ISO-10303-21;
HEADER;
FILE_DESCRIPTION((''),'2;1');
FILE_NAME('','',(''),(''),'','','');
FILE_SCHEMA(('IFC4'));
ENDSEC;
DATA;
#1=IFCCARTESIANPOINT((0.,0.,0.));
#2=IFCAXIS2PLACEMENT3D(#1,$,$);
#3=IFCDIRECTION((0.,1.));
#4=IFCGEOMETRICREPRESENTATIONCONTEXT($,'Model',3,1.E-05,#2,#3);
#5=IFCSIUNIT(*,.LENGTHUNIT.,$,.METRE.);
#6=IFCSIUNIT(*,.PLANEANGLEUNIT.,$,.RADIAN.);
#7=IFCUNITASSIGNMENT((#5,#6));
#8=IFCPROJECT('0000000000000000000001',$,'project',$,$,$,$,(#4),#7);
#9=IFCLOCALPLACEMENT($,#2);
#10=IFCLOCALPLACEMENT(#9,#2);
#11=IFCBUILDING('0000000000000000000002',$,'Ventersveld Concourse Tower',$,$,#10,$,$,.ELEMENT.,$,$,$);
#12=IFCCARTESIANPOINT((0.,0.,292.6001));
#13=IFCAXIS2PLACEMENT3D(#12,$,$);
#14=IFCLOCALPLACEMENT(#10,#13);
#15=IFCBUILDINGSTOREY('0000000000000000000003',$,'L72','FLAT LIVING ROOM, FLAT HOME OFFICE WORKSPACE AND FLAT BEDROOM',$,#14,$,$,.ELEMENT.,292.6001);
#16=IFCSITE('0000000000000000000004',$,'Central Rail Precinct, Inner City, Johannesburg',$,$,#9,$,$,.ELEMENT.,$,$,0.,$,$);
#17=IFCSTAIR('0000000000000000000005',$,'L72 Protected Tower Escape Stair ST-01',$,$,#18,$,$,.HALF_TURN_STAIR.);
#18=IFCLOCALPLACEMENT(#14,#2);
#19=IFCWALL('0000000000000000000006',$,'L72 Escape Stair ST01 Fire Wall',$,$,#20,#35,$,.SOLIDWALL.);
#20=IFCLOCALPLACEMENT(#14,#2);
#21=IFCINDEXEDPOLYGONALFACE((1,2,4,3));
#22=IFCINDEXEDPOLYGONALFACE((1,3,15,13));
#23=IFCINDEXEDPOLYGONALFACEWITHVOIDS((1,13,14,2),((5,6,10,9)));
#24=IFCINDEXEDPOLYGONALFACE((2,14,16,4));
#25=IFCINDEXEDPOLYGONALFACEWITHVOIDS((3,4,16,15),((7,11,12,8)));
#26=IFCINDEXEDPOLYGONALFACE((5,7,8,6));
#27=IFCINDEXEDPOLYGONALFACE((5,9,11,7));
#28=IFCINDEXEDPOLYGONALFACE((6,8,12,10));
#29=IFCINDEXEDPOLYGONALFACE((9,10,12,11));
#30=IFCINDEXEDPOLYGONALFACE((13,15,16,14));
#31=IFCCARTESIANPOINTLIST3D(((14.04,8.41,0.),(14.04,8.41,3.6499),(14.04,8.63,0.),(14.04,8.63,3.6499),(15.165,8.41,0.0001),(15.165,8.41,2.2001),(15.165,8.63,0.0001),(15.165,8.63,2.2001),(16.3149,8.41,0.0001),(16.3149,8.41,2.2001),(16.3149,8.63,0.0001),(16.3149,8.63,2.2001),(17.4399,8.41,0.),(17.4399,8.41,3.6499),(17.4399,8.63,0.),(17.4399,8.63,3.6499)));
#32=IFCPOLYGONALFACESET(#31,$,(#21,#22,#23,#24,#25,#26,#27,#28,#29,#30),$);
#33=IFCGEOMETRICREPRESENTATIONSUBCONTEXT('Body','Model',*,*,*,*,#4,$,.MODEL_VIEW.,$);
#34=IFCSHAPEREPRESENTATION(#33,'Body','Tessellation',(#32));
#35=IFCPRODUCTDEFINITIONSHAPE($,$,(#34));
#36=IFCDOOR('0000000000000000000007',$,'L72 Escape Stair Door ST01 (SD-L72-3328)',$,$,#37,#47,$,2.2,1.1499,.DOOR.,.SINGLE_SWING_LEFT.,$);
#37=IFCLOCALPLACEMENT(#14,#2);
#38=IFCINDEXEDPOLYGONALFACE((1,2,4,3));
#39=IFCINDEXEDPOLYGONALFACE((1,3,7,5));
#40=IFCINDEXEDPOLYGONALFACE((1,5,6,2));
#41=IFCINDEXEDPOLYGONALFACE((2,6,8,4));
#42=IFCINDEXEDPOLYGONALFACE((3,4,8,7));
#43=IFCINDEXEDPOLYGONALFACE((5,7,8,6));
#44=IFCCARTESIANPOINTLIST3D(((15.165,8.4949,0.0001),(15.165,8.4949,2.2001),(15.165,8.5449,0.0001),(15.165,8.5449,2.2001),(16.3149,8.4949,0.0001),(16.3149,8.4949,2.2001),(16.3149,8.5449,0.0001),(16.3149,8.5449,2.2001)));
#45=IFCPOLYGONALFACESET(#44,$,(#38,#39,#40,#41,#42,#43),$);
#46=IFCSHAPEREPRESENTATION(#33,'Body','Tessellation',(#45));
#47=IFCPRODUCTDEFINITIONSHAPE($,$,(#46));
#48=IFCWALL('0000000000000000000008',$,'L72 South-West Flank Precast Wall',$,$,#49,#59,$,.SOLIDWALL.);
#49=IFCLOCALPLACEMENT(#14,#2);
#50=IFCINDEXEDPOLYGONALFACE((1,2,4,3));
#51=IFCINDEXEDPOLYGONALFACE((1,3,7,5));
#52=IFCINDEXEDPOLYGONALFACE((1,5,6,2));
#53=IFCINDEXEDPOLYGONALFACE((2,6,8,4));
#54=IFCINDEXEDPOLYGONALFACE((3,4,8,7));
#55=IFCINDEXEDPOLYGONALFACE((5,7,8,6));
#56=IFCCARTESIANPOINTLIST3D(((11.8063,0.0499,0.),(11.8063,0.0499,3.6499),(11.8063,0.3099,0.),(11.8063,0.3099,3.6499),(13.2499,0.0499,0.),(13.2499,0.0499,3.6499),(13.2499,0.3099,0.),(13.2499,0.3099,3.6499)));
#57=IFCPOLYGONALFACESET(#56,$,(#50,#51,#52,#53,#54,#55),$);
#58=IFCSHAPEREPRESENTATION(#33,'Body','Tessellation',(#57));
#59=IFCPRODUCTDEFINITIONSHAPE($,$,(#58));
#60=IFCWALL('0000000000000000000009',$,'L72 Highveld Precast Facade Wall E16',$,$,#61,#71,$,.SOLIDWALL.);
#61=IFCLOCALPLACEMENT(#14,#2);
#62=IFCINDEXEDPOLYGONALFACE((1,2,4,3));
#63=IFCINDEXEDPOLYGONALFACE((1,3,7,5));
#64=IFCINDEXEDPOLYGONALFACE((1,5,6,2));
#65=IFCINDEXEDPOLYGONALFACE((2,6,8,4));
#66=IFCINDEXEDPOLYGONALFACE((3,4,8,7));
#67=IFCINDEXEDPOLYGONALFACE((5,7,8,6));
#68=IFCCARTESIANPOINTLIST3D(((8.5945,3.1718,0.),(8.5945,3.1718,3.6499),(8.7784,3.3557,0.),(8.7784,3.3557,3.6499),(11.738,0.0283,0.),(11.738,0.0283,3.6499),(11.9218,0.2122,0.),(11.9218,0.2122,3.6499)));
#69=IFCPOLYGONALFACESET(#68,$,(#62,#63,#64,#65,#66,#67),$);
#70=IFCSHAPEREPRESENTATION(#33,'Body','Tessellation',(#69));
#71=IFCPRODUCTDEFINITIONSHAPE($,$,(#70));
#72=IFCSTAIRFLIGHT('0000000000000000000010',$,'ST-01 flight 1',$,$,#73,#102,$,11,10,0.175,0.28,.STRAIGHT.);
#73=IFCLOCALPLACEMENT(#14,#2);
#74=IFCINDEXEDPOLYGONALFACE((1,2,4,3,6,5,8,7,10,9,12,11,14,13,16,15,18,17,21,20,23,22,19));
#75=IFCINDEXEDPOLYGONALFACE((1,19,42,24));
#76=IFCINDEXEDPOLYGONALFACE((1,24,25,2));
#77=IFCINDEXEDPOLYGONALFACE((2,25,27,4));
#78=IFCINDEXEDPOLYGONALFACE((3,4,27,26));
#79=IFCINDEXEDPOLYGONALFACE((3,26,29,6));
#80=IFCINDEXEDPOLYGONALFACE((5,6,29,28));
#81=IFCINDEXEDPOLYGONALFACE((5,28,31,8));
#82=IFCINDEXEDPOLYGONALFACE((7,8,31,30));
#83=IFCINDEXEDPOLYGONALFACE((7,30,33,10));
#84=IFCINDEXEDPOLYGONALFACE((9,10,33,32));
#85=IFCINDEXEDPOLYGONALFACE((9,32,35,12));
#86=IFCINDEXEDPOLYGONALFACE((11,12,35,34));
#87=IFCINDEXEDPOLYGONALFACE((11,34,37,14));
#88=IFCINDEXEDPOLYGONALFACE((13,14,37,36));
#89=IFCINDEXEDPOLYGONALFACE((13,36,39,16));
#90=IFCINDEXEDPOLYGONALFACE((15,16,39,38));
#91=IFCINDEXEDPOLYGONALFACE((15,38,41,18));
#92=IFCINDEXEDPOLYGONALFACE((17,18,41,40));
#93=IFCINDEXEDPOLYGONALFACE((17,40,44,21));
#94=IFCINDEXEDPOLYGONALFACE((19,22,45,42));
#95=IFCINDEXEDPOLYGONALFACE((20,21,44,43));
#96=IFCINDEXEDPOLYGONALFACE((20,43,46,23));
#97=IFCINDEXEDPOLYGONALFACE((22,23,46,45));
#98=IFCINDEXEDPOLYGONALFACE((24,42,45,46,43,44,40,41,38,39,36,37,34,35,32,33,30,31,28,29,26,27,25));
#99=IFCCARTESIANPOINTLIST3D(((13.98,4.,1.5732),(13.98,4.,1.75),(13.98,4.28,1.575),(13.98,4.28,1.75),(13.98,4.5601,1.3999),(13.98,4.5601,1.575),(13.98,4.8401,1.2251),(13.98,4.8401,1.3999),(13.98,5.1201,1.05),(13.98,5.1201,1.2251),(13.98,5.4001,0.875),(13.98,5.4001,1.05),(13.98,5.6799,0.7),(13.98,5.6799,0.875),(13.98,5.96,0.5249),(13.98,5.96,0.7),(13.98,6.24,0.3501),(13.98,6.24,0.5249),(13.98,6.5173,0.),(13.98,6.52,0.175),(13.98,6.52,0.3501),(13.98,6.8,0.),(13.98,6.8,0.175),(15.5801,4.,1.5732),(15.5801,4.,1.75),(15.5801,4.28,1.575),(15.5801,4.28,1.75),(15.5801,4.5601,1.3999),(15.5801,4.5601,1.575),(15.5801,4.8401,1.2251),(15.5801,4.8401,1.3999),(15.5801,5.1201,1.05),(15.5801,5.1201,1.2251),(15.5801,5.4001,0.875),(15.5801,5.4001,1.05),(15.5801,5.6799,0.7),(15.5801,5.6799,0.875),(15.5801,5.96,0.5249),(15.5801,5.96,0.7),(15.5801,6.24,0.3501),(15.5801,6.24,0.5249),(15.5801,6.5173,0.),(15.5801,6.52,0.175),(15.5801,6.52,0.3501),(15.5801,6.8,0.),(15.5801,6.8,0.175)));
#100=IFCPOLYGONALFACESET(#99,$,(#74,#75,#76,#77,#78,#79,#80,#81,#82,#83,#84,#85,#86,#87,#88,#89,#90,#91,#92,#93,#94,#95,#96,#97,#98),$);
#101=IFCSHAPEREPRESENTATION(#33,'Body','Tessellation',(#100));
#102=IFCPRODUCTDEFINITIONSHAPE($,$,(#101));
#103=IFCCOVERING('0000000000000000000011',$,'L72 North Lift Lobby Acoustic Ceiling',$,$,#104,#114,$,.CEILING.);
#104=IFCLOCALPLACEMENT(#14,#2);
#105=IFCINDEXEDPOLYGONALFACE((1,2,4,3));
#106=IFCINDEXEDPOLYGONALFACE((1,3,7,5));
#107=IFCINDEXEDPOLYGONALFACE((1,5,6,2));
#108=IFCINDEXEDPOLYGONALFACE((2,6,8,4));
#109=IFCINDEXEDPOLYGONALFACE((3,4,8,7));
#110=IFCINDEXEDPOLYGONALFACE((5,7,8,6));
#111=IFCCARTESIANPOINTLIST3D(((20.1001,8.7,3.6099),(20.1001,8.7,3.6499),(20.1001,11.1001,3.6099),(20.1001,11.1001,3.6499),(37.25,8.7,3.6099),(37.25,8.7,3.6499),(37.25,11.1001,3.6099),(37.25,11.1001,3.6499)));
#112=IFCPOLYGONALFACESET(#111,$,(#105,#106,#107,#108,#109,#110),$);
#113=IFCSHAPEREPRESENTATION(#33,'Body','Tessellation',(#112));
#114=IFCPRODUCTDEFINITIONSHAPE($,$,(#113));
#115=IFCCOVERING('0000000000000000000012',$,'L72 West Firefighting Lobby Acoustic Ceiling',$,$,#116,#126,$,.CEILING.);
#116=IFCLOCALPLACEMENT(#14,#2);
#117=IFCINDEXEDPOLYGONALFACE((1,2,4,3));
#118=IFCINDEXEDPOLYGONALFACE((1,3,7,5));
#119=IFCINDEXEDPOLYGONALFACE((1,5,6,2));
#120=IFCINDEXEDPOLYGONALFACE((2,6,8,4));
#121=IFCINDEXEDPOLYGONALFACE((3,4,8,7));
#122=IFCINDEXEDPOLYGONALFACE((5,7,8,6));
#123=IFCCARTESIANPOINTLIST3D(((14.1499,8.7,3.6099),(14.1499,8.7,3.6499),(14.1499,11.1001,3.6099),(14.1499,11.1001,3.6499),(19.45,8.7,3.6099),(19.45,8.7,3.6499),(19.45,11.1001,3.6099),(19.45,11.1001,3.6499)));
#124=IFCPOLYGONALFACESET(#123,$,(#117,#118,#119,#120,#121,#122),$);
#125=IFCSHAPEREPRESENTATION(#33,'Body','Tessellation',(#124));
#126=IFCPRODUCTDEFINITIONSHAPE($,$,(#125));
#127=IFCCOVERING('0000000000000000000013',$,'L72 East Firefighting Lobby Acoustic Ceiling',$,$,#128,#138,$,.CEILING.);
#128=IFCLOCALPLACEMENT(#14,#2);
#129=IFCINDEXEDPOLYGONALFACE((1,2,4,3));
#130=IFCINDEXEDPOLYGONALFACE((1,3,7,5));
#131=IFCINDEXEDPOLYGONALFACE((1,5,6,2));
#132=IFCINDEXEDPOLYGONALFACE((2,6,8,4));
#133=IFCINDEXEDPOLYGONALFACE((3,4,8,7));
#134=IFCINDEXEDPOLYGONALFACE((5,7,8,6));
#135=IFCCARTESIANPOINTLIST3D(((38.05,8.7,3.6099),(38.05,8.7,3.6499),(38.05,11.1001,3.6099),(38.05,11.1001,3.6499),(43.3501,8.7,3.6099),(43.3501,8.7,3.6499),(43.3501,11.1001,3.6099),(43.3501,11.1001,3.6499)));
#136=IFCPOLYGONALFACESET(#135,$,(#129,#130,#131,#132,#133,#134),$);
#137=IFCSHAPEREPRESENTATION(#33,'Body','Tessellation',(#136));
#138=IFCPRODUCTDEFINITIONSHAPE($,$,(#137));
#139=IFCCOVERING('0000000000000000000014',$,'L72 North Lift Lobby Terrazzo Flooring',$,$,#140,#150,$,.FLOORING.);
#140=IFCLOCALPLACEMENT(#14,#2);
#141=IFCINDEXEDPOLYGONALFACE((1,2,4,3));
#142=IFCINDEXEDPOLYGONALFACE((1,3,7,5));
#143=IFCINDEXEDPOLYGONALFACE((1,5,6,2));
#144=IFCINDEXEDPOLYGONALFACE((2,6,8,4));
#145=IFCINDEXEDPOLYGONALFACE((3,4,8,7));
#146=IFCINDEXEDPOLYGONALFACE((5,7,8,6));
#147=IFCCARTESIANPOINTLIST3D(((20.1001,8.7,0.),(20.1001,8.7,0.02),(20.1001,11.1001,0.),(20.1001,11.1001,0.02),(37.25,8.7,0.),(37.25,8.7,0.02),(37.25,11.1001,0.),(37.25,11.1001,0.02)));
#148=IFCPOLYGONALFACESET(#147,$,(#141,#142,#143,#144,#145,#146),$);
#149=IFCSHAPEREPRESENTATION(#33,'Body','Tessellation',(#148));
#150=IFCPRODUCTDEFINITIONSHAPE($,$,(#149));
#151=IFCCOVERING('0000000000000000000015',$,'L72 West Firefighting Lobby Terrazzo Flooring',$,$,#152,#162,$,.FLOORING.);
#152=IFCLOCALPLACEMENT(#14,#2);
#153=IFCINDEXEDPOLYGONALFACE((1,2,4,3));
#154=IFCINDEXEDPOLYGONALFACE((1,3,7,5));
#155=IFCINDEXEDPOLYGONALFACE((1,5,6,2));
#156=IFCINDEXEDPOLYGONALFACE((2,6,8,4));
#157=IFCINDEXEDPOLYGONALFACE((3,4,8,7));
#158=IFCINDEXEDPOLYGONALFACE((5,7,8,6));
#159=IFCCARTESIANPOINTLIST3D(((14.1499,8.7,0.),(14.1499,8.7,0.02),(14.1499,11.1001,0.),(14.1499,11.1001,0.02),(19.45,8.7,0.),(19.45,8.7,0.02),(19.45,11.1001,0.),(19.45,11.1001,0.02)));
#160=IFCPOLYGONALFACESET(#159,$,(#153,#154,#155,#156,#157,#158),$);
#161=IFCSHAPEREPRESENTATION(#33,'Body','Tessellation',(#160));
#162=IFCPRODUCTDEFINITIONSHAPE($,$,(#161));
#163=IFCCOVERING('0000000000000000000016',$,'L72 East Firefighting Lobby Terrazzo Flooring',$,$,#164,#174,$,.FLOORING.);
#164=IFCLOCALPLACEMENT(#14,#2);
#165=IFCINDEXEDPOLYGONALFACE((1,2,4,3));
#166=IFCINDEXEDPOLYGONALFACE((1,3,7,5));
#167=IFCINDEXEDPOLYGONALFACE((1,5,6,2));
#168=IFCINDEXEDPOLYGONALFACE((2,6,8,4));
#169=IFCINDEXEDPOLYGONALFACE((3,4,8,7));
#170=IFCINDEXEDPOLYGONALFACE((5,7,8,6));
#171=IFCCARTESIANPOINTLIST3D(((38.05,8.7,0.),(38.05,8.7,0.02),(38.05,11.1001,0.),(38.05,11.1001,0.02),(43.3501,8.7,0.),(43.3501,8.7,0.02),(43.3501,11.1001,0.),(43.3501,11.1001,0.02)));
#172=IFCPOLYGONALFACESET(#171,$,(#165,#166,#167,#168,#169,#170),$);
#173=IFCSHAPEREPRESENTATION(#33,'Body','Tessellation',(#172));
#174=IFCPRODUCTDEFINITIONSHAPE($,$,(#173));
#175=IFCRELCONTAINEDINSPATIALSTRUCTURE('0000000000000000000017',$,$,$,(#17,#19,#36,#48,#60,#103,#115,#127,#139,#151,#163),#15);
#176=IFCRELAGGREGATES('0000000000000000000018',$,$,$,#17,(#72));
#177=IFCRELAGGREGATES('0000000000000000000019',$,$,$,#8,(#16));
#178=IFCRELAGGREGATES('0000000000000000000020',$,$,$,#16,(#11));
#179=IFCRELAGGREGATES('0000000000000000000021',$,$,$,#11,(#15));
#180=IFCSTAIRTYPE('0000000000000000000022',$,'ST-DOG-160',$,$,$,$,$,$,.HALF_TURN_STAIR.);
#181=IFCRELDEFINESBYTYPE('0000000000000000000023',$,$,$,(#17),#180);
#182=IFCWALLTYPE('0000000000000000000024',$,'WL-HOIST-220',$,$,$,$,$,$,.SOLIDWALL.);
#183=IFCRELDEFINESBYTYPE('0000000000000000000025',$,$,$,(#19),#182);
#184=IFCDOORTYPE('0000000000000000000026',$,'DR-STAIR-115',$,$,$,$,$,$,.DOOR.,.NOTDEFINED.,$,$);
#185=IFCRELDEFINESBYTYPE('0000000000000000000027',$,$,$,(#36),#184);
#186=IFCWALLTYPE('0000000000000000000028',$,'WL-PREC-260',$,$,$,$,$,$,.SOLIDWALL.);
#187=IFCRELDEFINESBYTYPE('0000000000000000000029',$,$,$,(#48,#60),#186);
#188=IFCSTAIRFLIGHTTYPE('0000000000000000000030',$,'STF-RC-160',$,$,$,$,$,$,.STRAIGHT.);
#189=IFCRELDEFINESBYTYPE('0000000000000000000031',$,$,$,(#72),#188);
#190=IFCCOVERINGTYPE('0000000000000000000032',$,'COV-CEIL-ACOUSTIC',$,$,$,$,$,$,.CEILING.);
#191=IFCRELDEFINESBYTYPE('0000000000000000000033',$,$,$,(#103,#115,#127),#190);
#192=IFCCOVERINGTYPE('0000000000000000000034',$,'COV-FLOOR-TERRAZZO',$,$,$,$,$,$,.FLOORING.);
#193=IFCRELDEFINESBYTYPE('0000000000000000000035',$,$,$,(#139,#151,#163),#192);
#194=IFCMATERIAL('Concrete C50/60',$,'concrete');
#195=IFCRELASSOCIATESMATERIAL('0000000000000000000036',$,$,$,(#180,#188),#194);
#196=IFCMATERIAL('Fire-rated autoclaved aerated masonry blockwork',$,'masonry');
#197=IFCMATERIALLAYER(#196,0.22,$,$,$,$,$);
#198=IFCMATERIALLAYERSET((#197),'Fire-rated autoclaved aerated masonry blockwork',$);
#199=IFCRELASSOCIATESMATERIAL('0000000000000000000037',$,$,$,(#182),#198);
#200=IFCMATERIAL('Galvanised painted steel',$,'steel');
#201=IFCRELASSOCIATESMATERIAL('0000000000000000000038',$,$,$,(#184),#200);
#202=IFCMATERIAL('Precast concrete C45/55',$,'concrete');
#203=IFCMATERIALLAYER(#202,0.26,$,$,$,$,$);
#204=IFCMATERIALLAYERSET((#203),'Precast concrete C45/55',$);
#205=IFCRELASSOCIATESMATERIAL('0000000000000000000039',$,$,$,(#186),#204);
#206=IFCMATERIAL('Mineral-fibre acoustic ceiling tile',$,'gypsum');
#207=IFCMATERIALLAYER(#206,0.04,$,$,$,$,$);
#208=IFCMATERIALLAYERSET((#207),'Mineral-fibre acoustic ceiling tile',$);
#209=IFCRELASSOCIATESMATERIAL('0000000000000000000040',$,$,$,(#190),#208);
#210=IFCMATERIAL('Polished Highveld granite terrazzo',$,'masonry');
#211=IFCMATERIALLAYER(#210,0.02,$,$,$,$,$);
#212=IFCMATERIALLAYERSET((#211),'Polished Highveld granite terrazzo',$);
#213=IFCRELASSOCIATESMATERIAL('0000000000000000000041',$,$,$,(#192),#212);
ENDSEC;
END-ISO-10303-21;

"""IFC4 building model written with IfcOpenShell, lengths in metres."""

from ifc_helpers import new_model, si_unit, direction, frame, frame_2d, origin, place, context, subcontext, project, spatial, polyline, rectangle, outline, extrude, material, layer, layer_set, type_object, element, fill, aggregate, save


model = new_model("IFC4")

# Units and contexts
model_context = context("Model", 3, precision=1e-05, world=origin(), true_north=direction((0.0, 1.0)))
body_context = subcontext(model_context, "Body", "Model", "MODEL_VIEW")
ifc_project = project(units=[si_unit("LENGTHUNIT", "METRE"), si_unit("PLANEANGLEUNIT", "RADIAN")], contexts=[model_context])

# Site, building, storey
site_placement = place(None, origin())
site = spatial("IfcSite", under=ifc_project, at=site_placement, Name="Central Rail Precinct, Inner City, Johannesburg", CompositionType="ELEMENT", RefElevation=0.0)
building_placement = place(site_placement, origin())
building = spatial("IfcBuilding", under=site, at=building_placement, Name="Ventersveld Concourse Tower", CompositionType="ELEMENT")
storey_placement = place(building_placement, frame((0.0, 0.0, 292.6001)))
storey = spatial("IfcBuildingStorey", under=building, at=storey_placement, Name="L72", Description="FLAT LIVING ROOM, FLAT HOME OFFICE WORKSPACE AND FLAT BEDROOM", CompositionType="ELEMENT", Elevation=292.6001)

# Shared definitions
ifc_material_1 = material(Name="Concrete C50/60", Category="concrete")

# Stair
stair_type_1 = type_object("IfcStairType", Name="ST-DOG-160", PredefinedType="HALF_TURN_STAIR", material=ifc_material_1)
stair_1_placement = place(storey_placement, origin())
stair_1 = element("IfcStair", 1, at=stair_1_placement, inside=storey, type_object=stair_type_1, Name="L72 Protected Tower Escape Stair ST-01", PredefinedType="HALF_TURN_STAIR")

# Wall, opening, door
ifc_material_2 = material(Name="Fire-rated autoclaved aerated masonry blockwork", Category="masonry")
ifc_layer_1 = layer(ifc_material_2, 0.22)
ifc_layer_set_1 = layer_set([ifc_layer_1], Name="Fire-rated autoclaved aerated masonry blockwork")
wall_type_1 = type_object("IfcWallType", Name="WL-HOIST-220", PredefinedType="SOLIDWALL", material=ifc_layer_set_1)
wall_1_placement = place(storey_placement, frame((14.04, 8.52, 0.0), z_axis=(0.0, 0.0, 1.0), x_axis=(1.0, 0.0, 0.0)))
wall_1 = element("IfcWall", 2, at=wall_1_placement, inside=storey, type_object=wall_type_1, Name="L72 Escape Stair ST01 Fire Wall", PredefinedType="SOLIDWALL", context=body_context, shape_type="SweptSolid", body=[
    extrude(rectangle(XDim=3.3999, YDim=0.22, at=frame_2d((1.7, 0.0))), origin(), (0.0, 0.0, 1.0), 3.6499),
])
opening_placement = place(wall_1_placement, frame((1.125, 0.0, 0.0)))
opening = element("IfcOpeningElement", 3, at=opening_placement, cuts=wall_1, PredefinedType="OPENING", context=body_context, shape_type="SweptSolid", body=[
    extrude(rectangle(XDim=1.1499, YDim=2.2, at=frame_2d((0.575, 1.1001))), frame((0.0, 0.1201, 0.0), z_axis=(0.0, -1.0, 0.0), x_axis=(1.0, 0.0, 0.0)), (0.0, 0.0, 1.0), 0.24),
])
ifc_material_3 = material(Name="Galvanised painted steel", Category="steel")
door_type = type_object("IfcDoorType", Name="DR-STAIR-115", OperationType="NOTDEFINED", PredefinedType="DOOR", material=ifc_material_3)
door_placement = place(opening_placement, origin())
door = element("IfcDoor", 4, at=door_placement, inside=storey, type_object=door_type, Name="L72 Escape Stair Door ST01 (SD-L72-3328)", OperationType="SINGLE_SWING_LEFT", OverallHeight=2.2, OverallWidth=1.1499, PredefinedType="DOOR", context=body_context, shape_type="SweptSolid", body=[
    extrude(rectangle(XDim=1.1499, YDim=2.2, at=frame_2d((0.575, 1.1001))), frame((0.0, 0.0249, 0.0), z_axis=(0.0, -1.0, 0.0), x_axis=(1.0, 0.0, 0.0)), (0.0, 0.0, 1.0), 0.05),
])
fill(opening, door)

# Walls
ifc_material_4 = material(Name="Precast concrete C45/55", Category="concrete")
ifc_layer_2 = layer(ifc_material_4, 0.26)
ifc_layer_set_2 = layer_set([ifc_layer_2], Name="Precast concrete C45/55")
wall_type_2 = type_object("IfcWallType", Name="WL-PREC-260", PredefinedType="SOLIDWALL", material=ifc_layer_set_2)
wall_2_placement = place(storey_placement, frame((11.8064, 0.1799, 0.0), z_axis=(0.0, 0.0, 1.0), x_axis=(1.0, 0.0, 0.0)))
element("IfcWall", 5, at=wall_2_placement, inside=storey, type_object=wall_type_2, Name="L72 South-West Flank Precast Wall", PredefinedType="SOLIDWALL", context=body_context, shape_type="SweptSolid", body=[
    extrude(rectangle(XDim=1.4436, YDim=0.26, at=frame_2d((0.7217, 0.0))), origin(), (0.0, 0.0, 1.0), 3.6499),
])
wall_3_placement = place(storey_placement, frame((8.6865, 3.2637, 0.0), z_axis=(0.0, 0.0, 1.0), x_axis=(0.707107, -0.707107, 0.0)))
element("IfcWall", 6, at=wall_3_placement, inside=storey, type_object=wall_type_2, Name="L72 Highveld Precast Facade Wall E16", PredefinedType="SOLIDWALL", context=body_context, shape_type="SweptSolid", body=[
    extrude(rectangle(XDim=4.4456, YDim=0.26, at=frame_2d((2.2227, 0.0))), origin(), (0.0, 0.0, 1.0), 3.6499),
])

# Stair flight
stair_flight_type = type_object("IfcStairFlightType", Name="STF-RC-160", PredefinedType="STRAIGHT", material=ifc_material_1)
stair_flight_placement = place(storey_placement, frame((14.78, 6.8, 0.0), z_axis=(0.0, 0.0, 1.0), x_axis=(0.0, -1.0, 0.0)))
stair_flight = element("IfcStairFlight", 7, at=stair_flight_placement, type_object=stair_flight_type, Name="ST-01 flight 1", NumberOfRisers=11, NumberOfTreads=10, PredefinedType="STRAIGHT", RiserHeight=0.175, TreadLength=0.28, context=body_context, shape_type="SweptSolid", body=[
    extrude(outline(polyline([(0.0, 0.0), (0.0, 0.175), (0.28, 0.175), (0.28, 0.3501), (0.5601, 0.3501), (0.5601, 0.5249), (0.8401, 0.5249), (0.8401, 0.7), (1.1201, 0.7), (1.1201, 0.875), (1.3999, 0.875), (1.3999, 1.05), (1.6799, 1.05), (1.6799, 1.2251), (1.96, 1.2251), (1.96, 1.3999), (2.24, 1.3999), (2.24, 1.575), (2.52, 1.575), (2.52, 1.75), (2.8, 1.75), (2.8, 1.925), (2.8, 1.5732), (0.2827, 0.0), (0.0, 0.0)])), frame((0.0, 0.8, 0.0), z_axis=(0.0, -1.0, 0.0), x_axis=(1.0, 0.0, 0.0)), (0.0, 0.0, 1.0), 1.6001),
])
aggregate(stair_1, [stair_flight])

# Coverings
ifc_material_5 = material(Name="Mineral-fibre acoustic ceiling tile", Category="gypsum")
ifc_layer_3 = layer(ifc_material_5, 0.04)
ifc_layer_set_3 = layer_set([ifc_layer_3], Name="Mineral-fibre acoustic ceiling tile")
covering_type_1 = type_object("IfcCoveringType", Name="COV-CEIL-ACOUSTIC", PredefinedType="CEILING", material=ifc_layer_set_3)
covering_1_placement = place(storey_placement, frame((0.0, 0.0, 3.6099)))
element("IfcCovering", 8, at=covering_1_placement, inside=storey, type_object=covering_type_1, Name="L72 North Lift Lobby Acoustic Ceiling", PredefinedType="CEILING", context=body_context, shape_type="SweptSolid", body=[
    extrude(outline(polyline([(20.1001, 8.7), (37.25, 8.7), (37.25, 11.1001), (20.1001, 11.1001), (20.1001, 8.7)])), origin(), (0.0, 0.0, 1.0), 0.04),
])
covering_2_placement = place(storey_placement, frame((0.0, 0.0, 3.6099)))
element("IfcCovering", 9, at=covering_2_placement, inside=storey, type_object=covering_type_1, Name="L72 West Firefighting Lobby Acoustic Ceiling", PredefinedType="CEILING", context=body_context, shape_type="SweptSolid", body=[
    extrude(outline(polyline([(14.1499, 8.7), (19.45, 8.7), (19.45, 11.1001), (14.1499, 11.1001), (14.1499, 8.7)])), origin(), (0.0, 0.0, 1.0), 0.04),
])
covering_3_placement = place(storey_placement, frame((0.0, 0.0, 3.6099)))
element("IfcCovering", 10, at=covering_3_placement, inside=storey, type_object=covering_type_1, Name="L72 East Firefighting Lobby Acoustic Ceiling", PredefinedType="CEILING", context=body_context, shape_type="SweptSolid", body=[
    extrude(outline(polyline([(38.05, 8.7), (43.3501, 8.7), (43.3501, 11.1001), (38.05, 11.1001), (38.05, 8.7)])), origin(), (0.0, 0.0, 1.0), 0.04),
])
ifc_material_6 = material(Name="Polished Highveld granite terrazzo", Category="masonry")
ifc_layer_4 = layer(ifc_material_6, 0.02)
ifc_layer_set_4 = layer_set([ifc_layer_4], Name="Polished Highveld granite terrazzo")
covering_type_2 = type_object("IfcCoveringType", Name="COV-FLOOR-TERRAZZO", PredefinedType="FLOORING", material=ifc_layer_set_4)
covering_4_placement = place(storey_placement, origin())
element("IfcCovering", 11, at=covering_4_placement, inside=storey, type_object=covering_type_2, Name="L72 North Lift Lobby Terrazzo Flooring", PredefinedType="FLOORING", context=body_context, shape_type="SweptSolid", body=[
    extrude(outline(polyline([(20.1001, 8.7), (37.25, 8.7), (37.25, 11.1001), (20.1001, 11.1001), (20.1001, 8.7)])), origin(), (0.0, 0.0, 1.0), 0.02),
])
covering_5_placement = place(storey_placement, origin())
element("IfcCovering", 12, at=covering_5_placement, inside=storey, type_object=covering_type_2, Name="L72 West Firefighting Lobby Terrazzo Flooring", PredefinedType="FLOORING", context=body_context, shape_type="SweptSolid", body=[
    extrude(outline(polyline([(14.1499, 8.7), (19.45, 8.7), (19.45, 11.1001), (14.1499, 11.1001), (14.1499, 8.7)])), origin(), (0.0, 0.0, 1.0), 0.02),
])
covering_6_placement = place(storey_placement, origin())
element("IfcCovering", 13, at=covering_6_placement, inside=storey, type_object=covering_type_2, Name="L72 East Firefighting Lobby Terrazzo Flooring", PredefinedType="FLOORING", context=body_context, shape_type="SweptSolid", body=[
    extrude(outline(polyline([(38.05, 8.7), (43.3501, 8.7), (43.3501, 11.1001), (38.05, 11.1001), (38.05, 8.7)])), origin(), (0.0, 0.0, 1.0), 0.02),
])

save(model, "model.ifc")
